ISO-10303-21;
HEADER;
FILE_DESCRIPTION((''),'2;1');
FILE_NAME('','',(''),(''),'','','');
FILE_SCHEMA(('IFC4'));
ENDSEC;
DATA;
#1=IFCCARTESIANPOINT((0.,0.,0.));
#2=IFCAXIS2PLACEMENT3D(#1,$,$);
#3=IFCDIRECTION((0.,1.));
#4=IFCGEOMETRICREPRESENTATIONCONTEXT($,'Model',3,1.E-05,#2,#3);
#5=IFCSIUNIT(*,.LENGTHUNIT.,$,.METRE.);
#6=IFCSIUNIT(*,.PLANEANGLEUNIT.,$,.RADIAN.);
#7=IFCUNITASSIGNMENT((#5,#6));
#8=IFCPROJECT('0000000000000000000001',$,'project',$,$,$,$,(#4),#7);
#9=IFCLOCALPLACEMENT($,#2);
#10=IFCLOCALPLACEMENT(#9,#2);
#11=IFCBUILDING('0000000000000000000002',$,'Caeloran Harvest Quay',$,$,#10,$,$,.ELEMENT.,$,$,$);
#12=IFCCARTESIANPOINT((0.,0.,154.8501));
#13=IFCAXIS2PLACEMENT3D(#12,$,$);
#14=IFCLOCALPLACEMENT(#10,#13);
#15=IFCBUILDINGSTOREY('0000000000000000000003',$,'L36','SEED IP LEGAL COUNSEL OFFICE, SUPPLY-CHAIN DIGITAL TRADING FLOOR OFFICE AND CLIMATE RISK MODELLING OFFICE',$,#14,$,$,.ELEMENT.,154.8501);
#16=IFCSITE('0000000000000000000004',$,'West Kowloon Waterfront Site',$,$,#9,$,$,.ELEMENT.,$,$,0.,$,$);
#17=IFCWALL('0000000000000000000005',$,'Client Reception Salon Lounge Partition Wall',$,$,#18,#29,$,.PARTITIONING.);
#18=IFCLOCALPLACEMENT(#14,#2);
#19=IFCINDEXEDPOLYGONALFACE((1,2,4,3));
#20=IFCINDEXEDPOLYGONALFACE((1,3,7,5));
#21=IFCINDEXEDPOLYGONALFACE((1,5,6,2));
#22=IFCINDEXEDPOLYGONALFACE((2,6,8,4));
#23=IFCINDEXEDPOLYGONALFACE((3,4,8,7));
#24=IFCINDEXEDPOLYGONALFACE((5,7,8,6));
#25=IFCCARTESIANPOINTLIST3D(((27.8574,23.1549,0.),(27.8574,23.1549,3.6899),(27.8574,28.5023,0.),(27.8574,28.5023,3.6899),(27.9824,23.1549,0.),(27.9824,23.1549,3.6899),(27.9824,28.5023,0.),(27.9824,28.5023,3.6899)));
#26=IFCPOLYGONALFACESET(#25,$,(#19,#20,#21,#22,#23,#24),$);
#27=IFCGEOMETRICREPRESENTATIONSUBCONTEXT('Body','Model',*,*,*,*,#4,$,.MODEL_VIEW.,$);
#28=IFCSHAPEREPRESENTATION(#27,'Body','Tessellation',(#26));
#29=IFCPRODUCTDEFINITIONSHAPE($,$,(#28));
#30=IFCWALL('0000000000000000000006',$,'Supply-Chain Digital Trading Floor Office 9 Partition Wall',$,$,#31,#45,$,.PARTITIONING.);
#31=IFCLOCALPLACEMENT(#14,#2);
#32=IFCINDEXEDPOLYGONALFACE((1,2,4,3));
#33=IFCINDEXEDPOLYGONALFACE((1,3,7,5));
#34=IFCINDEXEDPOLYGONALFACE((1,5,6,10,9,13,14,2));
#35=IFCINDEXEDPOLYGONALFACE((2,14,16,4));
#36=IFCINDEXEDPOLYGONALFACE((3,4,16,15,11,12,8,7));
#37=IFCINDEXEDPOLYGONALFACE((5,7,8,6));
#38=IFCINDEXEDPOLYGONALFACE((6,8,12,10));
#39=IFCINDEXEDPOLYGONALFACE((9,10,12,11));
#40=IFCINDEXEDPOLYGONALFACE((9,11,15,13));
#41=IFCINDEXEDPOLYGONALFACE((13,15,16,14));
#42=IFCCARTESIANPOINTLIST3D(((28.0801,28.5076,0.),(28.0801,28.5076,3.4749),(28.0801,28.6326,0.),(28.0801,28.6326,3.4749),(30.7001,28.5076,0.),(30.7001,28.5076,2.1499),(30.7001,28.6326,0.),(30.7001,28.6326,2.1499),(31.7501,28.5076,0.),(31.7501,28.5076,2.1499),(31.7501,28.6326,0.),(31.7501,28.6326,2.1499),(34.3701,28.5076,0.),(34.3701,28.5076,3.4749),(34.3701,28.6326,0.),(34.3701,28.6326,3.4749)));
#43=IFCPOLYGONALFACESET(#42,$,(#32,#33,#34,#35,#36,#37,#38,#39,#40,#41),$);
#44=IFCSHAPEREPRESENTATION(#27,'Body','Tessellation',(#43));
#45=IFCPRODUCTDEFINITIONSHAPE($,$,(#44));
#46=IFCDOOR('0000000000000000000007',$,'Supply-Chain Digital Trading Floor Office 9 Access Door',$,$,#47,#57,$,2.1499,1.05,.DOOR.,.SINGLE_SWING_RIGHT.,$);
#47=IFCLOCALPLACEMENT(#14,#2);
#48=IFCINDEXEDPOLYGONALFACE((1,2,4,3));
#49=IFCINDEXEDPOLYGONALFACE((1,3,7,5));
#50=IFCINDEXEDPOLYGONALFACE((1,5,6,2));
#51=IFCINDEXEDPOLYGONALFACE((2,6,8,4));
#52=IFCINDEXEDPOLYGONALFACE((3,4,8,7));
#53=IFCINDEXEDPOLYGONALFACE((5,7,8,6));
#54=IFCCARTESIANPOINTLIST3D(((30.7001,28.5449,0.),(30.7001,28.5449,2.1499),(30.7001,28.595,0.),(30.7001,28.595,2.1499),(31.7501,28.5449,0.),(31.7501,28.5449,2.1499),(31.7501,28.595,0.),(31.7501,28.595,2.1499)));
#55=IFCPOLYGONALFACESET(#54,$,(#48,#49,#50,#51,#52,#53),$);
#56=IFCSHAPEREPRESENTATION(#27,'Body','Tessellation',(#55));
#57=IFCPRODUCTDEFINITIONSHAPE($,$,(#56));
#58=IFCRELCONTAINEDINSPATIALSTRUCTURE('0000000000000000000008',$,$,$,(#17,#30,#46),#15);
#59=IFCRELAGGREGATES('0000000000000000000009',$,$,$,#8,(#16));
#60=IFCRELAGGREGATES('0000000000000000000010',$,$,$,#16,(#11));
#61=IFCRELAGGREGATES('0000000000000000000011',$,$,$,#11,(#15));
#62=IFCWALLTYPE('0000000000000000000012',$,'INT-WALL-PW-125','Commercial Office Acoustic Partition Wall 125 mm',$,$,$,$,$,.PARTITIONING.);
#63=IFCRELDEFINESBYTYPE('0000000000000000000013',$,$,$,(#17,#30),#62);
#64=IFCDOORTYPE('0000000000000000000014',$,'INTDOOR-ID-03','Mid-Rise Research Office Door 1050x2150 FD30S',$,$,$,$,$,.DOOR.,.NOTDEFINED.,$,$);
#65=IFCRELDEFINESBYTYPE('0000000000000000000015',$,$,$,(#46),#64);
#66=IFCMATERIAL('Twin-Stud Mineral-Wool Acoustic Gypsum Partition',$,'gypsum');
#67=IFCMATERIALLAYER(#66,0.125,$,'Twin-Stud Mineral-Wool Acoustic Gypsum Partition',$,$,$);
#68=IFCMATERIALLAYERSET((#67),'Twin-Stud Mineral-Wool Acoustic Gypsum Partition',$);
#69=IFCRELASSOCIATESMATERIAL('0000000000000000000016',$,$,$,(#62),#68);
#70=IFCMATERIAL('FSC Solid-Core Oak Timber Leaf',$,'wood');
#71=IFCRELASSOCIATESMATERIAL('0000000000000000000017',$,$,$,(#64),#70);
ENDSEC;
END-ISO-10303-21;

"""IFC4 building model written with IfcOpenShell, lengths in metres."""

from ifc_helpers import new_model, si_unit, direction, frame, frame_2d, origin, place, context, subcontext, project, spatial, rectangle, extrude, material, layer, layer_set, type_object, element, fill, save


model = new_model("IFC4")

# Units and contexts
model_context = context("Model", 3, precision=1e-05, world=origin(), true_north=direction((0.0, 1.0)))
body_context = subcontext(model_context, "Body", "Model", "MODEL_VIEW")
ifc_project = project(units=[si_unit("LENGTHUNIT", "METRE"), si_unit("PLANEANGLEUNIT", "RADIAN")], contexts=[model_context])

# Site, building, storey
site_placement = place(None, origin())
site = spatial("IfcSite", under=ifc_project, at=site_placement, Name="West Kowloon Waterfront Site", CompositionType="ELEMENT", RefElevation=0.0)
building_placement = place(site_placement, origin())
building = spatial("IfcBuilding", under=site, at=building_placement, Name="Caeloran Harvest Quay", CompositionType="ELEMENT")
storey_placement = place(building_placement, frame((0.0, 0.0, 154.8501)))
storey = spatial("IfcBuildingStorey", under=building, at=storey_placement, Name="L36", Description="SEED IP LEGAL COUNSEL OFFICE, SUPPLY-CHAIN DIGITAL TRADING FLOOR OFFICE AND CLIMATE RISK MODELLING OFFICE", CompositionType="ELEMENT", Elevation=154.8501)

# Wall
ifc_material_1 = material(Name="Twin-Stud Mineral-Wool Acoustic Gypsum Partition", Category="gypsum")
ifc_layer = layer(ifc_material_1, 0.125, Name="Twin-Stud Mineral-Wool Acoustic Gypsum Partition")
ifc_layer_set = layer_set([ifc_layer], Name="Twin-Stud Mineral-Wool Acoustic Gypsum Partition")
wall_type = type_object("IfcWallType", Name="INT-WALL-PW-125", Description="Commercial Office Acoustic Partition Wall 125 mm", PredefinedType="PARTITIONING", material=ifc_layer_set)
wall_1_placement = place(storey_placement, frame((27.9199, 28.5024, 0.0), z_axis=(0.0, 0.0, 1.0), x_axis=(0.0, -1.0, 0.0)))
element("IfcWall", 1, at=wall_1_placement, inside=storey, type_object=wall_type, Name="Client Reception Salon Lounge Partition Wall", PredefinedType="PARTITIONING", context=body_context, shape_type="SweptSolid", body=[
    extrude(rectangle(XDim=5.3474, YDim=0.125, at=frame_2d((2.6738, 0.0))), origin(), (0.0, 0.0, 1.0), 3.6899),
])

# Wall, opening, door
wall_2_placement = place(storey_placement, frame((28.0801, 28.5701, 0.0), z_axis=(0.0, 0.0, 1.0), x_axis=(1.0, 0.0, 0.0)))
wall_2 = element("IfcWall", 2, at=wall_2_placement, inside=storey, type_object=wall_type, Name="Supply-Chain Digital Trading Floor Office 9 Partition Wall", PredefinedType="PARTITIONING", context=body_context, shape_type="SweptSolid", body=[
    extrude(rectangle(XDim=6.29, YDim=0.125, at=frame_2d((3.145, 0.0))), origin(), (0.0, 0.0, 1.0), 3.4749),
])
opening_placement = place(wall_2_placement, frame((2.6201, 0.0, 0.0)))
opening = element("IfcOpeningElement", 3, at=opening_placement, cuts=wall_2, PredefinedType="OPENING", context=body_context, shape_type="SweptSolid", body=[
    extrude(rectangle(XDim=1.05, YDim=2.1499, at=frame_2d((0.5249, 1.075))), frame((0.0, 0.0725, 0.0), z_axis=(0.0, -1.0, 0.0), x_axis=(1.0, 0.0, 0.0)), (0.0, 0.0, 1.0), 0.145),
])
ifc_material_2 = material(Name="FSC Solid-Core Oak Timber Leaf", Category="wood")
door_type = type_object("IfcDoorType", Name="INTDOOR-ID-03", Description="Mid-Rise Research Office Door 1050x2150 FD30S", OperationType="NOTDEFINED", PredefinedType="DOOR", material=ifc_material_2)
door_placement = place(opening_placement, origin())
door = element("IfcDoor", 4, at=door_placement, inside=storey, type_object=door_type, Name="Supply-Chain Digital Trading Floor Office 9 Access Door", OperationType="SINGLE_SWING_RIGHT", OverallHeight=2.1499, OverallWidth=1.05, PredefinedType="DOOR", context=body_context, shape_type="SweptSolid", body=[
    extrude(rectangle(XDim=1.05, YDim=2.1499, at=frame_2d((0.5249, 1.075))), frame((0.0, 0.0249, 0.0), z_axis=(0.0, -1.0, 0.0), x_axis=(1.0, 0.0, 0.0)), (0.0, 0.0, 1.0), 0.05),
])
fill(opening, door)

save(model, "model.ifc")
